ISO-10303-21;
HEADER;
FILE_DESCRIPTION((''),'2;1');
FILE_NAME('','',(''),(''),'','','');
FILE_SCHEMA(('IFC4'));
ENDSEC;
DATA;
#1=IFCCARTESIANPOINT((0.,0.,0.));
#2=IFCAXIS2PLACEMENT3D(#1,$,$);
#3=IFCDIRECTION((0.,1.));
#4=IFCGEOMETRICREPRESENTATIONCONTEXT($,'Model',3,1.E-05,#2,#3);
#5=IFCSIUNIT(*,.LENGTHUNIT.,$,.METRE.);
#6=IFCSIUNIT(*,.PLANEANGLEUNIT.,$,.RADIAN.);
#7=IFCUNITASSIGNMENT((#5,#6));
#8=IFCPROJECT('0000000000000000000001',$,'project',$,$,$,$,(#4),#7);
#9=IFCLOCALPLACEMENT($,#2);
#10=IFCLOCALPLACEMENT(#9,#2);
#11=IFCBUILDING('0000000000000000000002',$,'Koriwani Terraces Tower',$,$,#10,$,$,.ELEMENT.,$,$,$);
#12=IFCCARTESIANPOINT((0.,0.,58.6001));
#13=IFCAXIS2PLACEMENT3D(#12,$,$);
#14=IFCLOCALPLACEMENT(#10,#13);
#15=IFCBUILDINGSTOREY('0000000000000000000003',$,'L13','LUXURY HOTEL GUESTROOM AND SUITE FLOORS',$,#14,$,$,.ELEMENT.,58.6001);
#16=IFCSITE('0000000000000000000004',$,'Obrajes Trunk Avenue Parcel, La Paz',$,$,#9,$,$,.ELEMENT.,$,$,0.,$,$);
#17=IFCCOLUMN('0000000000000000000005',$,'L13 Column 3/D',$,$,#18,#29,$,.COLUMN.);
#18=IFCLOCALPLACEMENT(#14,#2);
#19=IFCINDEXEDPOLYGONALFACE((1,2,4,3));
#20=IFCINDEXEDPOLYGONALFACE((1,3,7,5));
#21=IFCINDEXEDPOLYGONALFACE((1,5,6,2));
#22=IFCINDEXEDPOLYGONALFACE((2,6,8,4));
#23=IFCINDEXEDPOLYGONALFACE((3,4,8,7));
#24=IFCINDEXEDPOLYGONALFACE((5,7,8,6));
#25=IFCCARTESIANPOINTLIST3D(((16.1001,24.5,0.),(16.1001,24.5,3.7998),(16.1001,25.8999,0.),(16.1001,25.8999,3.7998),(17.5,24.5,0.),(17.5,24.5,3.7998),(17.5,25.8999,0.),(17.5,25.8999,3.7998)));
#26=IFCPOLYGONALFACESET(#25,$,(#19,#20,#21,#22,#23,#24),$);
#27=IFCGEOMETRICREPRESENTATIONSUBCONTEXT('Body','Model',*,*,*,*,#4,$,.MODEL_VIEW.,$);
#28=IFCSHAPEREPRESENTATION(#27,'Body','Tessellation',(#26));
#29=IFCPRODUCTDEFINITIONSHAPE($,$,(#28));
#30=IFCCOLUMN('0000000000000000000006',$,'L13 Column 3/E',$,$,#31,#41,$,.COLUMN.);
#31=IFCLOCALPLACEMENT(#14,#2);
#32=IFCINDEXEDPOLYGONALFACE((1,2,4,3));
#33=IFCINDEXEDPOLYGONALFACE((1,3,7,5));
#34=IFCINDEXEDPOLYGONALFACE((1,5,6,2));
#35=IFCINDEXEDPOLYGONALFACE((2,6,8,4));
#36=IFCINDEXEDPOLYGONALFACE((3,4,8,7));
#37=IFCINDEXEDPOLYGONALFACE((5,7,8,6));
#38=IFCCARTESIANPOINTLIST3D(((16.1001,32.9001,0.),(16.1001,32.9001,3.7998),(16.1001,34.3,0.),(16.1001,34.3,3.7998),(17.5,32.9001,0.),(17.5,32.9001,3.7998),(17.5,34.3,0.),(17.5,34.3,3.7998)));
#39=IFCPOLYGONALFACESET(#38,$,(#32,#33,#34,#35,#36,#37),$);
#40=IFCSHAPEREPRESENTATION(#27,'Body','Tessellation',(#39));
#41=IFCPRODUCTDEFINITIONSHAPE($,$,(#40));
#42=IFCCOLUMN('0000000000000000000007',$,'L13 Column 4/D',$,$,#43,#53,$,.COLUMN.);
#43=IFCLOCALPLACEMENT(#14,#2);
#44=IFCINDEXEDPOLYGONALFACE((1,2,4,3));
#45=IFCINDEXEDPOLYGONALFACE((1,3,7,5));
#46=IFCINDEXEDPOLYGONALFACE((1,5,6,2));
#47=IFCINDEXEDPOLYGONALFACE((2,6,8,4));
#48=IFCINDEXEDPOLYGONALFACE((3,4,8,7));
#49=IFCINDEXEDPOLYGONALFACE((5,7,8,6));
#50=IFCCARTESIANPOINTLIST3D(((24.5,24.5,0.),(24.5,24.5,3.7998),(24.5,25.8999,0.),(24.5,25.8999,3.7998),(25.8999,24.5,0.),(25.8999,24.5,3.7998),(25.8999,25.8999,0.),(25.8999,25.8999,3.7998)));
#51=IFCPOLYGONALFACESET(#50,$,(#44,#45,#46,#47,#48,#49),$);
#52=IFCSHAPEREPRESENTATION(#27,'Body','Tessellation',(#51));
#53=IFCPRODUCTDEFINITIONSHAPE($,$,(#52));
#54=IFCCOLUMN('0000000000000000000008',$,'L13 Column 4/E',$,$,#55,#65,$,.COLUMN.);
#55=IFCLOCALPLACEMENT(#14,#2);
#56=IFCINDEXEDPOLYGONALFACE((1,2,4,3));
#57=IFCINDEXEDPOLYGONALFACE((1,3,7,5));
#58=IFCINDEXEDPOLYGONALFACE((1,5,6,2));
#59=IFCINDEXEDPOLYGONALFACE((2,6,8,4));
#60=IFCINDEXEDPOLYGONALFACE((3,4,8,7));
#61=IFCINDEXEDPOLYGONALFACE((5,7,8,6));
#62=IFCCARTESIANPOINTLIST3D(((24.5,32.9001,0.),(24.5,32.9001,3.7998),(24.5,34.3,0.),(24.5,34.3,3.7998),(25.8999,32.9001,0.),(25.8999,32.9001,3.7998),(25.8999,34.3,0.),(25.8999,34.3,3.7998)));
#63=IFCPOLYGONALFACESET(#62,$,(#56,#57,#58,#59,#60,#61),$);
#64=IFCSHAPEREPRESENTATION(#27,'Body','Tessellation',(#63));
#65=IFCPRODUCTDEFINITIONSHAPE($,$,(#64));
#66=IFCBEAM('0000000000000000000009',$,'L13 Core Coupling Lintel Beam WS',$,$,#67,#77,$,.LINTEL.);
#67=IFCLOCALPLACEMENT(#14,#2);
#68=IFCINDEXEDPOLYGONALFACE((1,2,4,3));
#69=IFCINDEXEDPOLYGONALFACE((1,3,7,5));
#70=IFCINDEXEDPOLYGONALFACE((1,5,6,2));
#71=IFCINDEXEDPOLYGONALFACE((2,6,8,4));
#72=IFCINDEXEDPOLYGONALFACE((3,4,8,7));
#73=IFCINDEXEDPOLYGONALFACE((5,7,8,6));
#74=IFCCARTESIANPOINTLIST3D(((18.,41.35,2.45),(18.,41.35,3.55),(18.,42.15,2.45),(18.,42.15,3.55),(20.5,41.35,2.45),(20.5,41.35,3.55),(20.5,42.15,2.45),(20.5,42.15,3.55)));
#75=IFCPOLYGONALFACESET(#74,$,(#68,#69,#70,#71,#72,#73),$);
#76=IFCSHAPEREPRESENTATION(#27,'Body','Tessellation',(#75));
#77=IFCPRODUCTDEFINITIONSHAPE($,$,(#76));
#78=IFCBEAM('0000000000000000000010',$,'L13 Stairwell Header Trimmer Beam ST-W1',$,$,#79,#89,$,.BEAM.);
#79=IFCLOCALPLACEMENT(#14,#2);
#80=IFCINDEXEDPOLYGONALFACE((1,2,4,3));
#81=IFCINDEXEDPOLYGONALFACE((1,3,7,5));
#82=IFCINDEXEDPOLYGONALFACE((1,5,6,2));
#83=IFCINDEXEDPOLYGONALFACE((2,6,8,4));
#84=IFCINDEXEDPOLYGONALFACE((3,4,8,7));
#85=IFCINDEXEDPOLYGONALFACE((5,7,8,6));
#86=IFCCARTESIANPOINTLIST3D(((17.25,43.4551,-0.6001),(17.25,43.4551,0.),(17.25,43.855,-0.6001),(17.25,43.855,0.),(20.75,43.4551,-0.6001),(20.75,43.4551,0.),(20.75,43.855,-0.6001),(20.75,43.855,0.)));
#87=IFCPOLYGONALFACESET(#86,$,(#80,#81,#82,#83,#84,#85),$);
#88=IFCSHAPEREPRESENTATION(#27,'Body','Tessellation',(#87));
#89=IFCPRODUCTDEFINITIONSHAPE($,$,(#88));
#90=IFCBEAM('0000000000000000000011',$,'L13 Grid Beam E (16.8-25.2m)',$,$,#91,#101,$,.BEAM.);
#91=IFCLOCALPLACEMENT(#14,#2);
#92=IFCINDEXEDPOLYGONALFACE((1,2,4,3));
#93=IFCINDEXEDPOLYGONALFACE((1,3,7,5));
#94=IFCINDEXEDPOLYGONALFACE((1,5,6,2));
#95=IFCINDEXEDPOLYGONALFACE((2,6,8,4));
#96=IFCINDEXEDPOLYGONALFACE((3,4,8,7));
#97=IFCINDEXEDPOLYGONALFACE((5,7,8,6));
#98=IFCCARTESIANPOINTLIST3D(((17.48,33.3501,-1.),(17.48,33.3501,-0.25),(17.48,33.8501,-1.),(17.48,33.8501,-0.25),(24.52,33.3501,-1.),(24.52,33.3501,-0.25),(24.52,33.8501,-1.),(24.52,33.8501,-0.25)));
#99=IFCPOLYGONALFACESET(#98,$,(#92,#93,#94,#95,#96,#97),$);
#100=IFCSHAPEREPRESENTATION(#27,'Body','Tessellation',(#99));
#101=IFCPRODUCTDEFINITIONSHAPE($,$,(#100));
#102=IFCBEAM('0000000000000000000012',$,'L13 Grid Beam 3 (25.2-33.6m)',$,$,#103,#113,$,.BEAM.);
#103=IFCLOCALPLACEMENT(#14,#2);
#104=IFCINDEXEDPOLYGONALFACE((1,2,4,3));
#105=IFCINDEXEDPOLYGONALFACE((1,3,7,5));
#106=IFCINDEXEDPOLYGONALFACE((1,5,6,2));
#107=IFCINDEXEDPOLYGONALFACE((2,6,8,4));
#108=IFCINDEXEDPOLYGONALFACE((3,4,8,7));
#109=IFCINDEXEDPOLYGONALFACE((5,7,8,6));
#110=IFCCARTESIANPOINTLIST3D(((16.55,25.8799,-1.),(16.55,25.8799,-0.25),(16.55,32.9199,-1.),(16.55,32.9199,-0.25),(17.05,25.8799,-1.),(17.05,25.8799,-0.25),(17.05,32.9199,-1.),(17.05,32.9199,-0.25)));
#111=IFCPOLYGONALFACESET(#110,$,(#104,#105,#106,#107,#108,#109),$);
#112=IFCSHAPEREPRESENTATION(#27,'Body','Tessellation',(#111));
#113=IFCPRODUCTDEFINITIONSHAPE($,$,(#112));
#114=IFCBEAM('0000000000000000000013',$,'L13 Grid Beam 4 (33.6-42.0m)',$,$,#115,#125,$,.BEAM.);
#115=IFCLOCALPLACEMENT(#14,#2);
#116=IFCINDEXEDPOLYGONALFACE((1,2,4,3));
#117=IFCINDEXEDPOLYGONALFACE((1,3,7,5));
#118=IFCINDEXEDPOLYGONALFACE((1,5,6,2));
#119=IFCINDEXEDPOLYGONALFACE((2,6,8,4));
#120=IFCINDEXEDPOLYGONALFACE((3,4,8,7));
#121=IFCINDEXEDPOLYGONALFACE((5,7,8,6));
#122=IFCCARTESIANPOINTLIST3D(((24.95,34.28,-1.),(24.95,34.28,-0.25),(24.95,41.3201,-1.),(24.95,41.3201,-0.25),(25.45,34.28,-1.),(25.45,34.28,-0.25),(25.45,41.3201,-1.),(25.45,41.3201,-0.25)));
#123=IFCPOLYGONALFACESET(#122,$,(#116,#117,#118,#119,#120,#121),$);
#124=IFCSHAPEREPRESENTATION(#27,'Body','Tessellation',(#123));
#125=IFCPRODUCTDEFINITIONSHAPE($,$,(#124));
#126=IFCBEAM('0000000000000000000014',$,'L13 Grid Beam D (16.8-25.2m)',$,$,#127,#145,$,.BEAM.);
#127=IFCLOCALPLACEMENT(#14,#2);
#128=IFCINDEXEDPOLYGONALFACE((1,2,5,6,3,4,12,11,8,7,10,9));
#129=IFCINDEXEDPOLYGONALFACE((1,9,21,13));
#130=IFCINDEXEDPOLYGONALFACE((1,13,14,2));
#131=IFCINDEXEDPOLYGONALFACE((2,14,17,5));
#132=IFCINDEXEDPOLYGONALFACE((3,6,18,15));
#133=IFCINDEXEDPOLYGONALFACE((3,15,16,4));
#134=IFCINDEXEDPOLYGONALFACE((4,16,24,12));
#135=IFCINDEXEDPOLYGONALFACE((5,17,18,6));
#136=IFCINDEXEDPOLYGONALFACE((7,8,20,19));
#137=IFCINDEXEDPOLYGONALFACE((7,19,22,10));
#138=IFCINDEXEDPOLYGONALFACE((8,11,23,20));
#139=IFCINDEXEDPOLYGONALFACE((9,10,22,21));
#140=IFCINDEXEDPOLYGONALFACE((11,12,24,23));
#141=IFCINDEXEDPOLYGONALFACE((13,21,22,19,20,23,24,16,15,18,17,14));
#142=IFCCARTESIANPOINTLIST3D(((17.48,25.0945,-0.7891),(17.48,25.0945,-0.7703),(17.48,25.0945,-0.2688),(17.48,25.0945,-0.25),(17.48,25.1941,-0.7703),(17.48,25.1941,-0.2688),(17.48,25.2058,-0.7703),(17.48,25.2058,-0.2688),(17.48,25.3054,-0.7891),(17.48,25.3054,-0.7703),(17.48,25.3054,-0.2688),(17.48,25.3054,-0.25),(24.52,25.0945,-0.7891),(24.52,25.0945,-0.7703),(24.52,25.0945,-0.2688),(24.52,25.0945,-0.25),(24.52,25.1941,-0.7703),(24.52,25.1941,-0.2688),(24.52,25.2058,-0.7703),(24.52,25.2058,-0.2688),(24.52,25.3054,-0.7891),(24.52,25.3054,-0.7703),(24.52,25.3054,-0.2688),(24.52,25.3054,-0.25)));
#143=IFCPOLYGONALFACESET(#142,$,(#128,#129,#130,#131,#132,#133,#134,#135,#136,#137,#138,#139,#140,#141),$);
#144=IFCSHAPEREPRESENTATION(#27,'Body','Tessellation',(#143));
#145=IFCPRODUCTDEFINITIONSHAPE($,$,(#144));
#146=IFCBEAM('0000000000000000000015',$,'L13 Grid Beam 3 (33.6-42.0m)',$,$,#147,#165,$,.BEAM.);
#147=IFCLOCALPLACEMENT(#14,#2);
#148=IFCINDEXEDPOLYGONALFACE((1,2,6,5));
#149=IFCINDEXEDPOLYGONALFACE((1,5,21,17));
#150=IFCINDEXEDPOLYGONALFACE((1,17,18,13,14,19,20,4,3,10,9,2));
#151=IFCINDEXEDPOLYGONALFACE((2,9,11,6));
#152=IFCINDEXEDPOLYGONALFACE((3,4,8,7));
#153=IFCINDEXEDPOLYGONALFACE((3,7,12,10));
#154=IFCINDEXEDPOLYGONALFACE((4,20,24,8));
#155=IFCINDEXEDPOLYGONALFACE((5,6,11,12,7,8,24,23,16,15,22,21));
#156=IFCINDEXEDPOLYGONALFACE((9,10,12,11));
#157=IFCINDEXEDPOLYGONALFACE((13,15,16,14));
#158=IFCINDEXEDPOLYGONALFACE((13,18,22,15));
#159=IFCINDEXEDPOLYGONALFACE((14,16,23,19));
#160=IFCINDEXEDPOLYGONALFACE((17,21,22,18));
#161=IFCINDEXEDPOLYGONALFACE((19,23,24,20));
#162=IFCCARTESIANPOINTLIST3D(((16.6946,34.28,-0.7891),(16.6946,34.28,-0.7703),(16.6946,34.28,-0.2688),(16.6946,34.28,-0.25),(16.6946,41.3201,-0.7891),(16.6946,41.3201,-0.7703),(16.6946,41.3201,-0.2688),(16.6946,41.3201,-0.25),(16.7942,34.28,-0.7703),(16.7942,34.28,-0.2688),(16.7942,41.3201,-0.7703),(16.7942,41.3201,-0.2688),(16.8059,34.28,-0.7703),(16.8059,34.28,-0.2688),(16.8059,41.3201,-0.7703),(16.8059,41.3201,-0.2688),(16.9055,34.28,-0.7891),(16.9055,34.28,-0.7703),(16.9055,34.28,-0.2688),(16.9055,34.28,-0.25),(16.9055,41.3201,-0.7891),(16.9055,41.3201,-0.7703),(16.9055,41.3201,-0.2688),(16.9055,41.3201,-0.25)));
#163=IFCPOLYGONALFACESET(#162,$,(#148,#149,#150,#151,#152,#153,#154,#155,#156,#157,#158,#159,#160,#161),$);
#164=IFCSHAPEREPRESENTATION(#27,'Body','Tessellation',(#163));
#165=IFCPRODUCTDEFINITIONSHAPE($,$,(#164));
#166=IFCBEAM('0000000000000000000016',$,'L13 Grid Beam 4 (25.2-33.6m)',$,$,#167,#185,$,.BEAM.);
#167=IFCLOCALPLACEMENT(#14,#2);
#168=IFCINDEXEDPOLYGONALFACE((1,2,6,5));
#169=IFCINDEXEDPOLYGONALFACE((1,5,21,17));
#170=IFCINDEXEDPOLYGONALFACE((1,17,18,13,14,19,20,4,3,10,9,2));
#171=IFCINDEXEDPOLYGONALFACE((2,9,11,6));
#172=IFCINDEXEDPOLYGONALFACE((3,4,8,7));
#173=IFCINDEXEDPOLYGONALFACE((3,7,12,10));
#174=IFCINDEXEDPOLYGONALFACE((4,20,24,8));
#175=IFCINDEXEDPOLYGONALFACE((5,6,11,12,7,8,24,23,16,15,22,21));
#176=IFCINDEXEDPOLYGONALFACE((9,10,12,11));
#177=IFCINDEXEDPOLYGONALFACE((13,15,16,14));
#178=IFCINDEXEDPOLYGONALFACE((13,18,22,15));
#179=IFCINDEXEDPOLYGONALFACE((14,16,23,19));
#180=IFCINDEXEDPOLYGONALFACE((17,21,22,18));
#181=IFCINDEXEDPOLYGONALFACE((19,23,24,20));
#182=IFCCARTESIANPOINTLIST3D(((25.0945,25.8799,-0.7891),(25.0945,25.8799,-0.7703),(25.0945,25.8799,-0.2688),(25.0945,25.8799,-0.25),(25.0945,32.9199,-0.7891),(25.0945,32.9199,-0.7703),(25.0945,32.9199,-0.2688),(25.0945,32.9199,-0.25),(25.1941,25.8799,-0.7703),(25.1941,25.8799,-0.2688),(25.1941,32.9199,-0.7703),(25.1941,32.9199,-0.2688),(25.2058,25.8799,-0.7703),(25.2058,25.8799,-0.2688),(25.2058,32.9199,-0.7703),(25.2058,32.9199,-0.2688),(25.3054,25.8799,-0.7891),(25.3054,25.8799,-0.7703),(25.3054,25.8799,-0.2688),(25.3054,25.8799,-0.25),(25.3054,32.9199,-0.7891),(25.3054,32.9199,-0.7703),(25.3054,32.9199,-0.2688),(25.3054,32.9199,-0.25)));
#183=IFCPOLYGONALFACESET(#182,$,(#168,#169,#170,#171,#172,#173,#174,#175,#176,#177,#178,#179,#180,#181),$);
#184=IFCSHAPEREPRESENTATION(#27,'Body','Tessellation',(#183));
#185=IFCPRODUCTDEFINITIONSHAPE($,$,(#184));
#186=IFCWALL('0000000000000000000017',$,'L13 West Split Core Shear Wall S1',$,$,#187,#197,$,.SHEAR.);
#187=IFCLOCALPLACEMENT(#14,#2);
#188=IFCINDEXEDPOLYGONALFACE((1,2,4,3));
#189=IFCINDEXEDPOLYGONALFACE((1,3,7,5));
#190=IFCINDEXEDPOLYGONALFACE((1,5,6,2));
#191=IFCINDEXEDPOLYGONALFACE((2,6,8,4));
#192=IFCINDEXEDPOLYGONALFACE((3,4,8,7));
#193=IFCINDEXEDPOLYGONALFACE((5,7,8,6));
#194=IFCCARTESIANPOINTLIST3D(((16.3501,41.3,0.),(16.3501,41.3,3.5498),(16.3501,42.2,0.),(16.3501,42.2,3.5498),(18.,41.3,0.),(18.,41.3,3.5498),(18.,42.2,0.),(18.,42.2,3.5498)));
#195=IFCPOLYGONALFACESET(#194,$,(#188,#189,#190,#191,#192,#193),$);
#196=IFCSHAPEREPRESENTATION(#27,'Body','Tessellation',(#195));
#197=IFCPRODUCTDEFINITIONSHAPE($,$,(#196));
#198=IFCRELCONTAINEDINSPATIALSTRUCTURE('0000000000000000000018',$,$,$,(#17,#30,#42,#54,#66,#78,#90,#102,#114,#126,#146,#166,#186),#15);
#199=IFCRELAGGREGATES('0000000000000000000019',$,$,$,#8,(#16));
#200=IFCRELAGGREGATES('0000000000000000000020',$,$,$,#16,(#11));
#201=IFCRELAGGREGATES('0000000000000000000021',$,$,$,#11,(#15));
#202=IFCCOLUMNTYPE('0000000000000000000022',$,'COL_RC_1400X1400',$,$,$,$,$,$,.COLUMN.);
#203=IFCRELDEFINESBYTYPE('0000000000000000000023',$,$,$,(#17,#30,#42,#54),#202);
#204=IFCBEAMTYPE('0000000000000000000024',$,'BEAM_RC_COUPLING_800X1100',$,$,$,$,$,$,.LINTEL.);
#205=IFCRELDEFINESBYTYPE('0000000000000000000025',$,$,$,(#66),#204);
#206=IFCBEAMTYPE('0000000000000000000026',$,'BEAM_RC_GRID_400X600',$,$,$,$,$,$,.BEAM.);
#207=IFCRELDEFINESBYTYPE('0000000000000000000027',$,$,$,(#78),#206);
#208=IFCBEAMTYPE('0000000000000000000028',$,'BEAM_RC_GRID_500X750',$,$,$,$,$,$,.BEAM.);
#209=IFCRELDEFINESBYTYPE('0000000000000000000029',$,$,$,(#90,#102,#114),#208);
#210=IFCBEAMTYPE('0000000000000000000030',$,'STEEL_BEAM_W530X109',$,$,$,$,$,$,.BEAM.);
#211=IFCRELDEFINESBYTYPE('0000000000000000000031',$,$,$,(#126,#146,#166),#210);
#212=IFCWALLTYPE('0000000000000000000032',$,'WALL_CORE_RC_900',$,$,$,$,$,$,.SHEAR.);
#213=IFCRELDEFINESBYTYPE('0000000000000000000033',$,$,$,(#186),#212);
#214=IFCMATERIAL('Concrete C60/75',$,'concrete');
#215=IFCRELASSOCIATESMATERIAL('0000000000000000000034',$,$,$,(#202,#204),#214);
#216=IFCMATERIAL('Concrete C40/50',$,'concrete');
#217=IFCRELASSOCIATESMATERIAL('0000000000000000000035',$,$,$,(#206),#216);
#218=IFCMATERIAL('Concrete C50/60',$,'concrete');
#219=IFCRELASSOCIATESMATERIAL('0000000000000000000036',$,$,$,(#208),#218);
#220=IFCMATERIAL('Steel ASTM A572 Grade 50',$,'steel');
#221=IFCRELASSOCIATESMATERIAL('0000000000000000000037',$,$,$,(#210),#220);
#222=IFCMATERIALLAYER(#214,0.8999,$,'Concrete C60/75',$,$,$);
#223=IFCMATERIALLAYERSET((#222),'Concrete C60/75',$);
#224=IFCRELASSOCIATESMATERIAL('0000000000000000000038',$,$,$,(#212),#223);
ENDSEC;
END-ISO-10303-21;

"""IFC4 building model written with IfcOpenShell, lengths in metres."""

from ifc_helpers import new_model, si_unit, direction, frame, frame_2d, origin, origin_2d, place, context, subcontext, project, spatial, rectangle, i_section, extrude, material, layer, layer_set, material_profile, profile_set, type_object, element, save


model = new_model("IFC4")

# Units and contexts
model_context = context("Model", 3, precision=1e-05, world=origin(), true_north=direction((0.0, 1.0)))
body_context = subcontext(model_context, "Body", "Model", "MODEL_VIEW")
ifc_project = project(units=[si_unit("LENGTHUNIT", "METRE"), si_unit("PLANEANGLEUNIT", "RADIAN")], contexts=[model_context])

# Site, building, storey
site_placement = place(None, origin())
site = spatial("IfcSite", under=ifc_project, at=site_placement, Name="Obrajes Trunk Avenue Parcel, La Paz", CompositionType="ELEMENT", RefElevation=0.0)
building_placement = place(site_placement, origin())
building = spatial("IfcBuilding", under=site, at=building_placement, Name="Koriwani Terraces Tower", CompositionType="ELEMENT")
storey_placement = place(building_placement, frame((0.0, 0.0, 58.6001)))
storey = spatial("IfcBuildingStorey", under=building, at=storey_placement, Name="L13", Description="LUXURY HOTEL GUESTROOM AND SUITE FLOORS", CompositionType="ELEMENT", Elevation=58.6001)

# Columns
ifc_material_1 = material(Name="Concrete C60/75", Category="concrete")
ifc_material_profile_1 = material_profile(ifc_material_1, rectangle(XDim=1.3999, YDim=1.3999, at=origin_2d()), Name="Concrete C60/75", Category="LoadBearing")
ifc_profile_set_1 = profile_set([ifc_material_profile_1], Name="Concrete C60/75")
column_type = type_object("IfcColumnType", Name="COL_RC_1400X1400", PredefinedType="COLUMN", material=ifc_profile_set_1)
for number, where, z_axis, x_axis, name in (
    (1, (16.8, 25.2, 0.0), (0.0, 0.0, 1.0), (1.0, 0.0, 0.0), "L13 Column 3/D"),
    (2, (16.8, 33.6001, 0.0), (0.0, 0.0, 1.0), (1.0, 0.0, 0.0), "L13 Column 3/E"),
    (3, (25.2, 25.2, 0.0), (0.0, 0.0, 1.0), (1.0, 0.0, 0.0), "L13 Column 4/D"),
    (4, (25.2, 33.6001, 0.0), (0.0, 0.0, 1.0), (1.0, 0.0, 0.0), "L13 Column 4/E"),
):
    element("IfcColumn", number, at=place(storey_placement, frame(where, z_axis=z_axis, x_axis=x_axis)), inside=storey, type_object=column_type, Name=name, PredefinedType="COLUMN", context=body_context, shape_type="SweptSolid", body=[
        extrude(rectangle(XDim=1.3999, YDim=1.3999, at=origin_2d()), origin(), (0.0, 0.0, 1.0), 3.7998),
    ])

# Beams
ifc_material_profile_2 = material_profile(ifc_material_1, rectangle(XDim=0.8, YDim=1.1001, at=origin_2d()), Name="Concrete C60/75", Category="LoadBearing")
ifc_profile_set_2 = profile_set([ifc_material_profile_2], Name="Concrete C60/75")
beam_type_1 = type_object("IfcBeamType", Name="BEAM_RC_COUPLING_800X1100", PredefinedType="LINTEL", material=ifc_profile_set_2)
beam_1_placement = place(storey_placement, frame((18.0, 41.75, 3.0), z_axis=(1.0, 0.0, 0.0), x_axis=(0.0, 1.0, 0.0)))
element("IfcBeam", 5, at=beam_1_placement, inside=storey, type_object=beam_type_1, Name="L13 Core Coupling Lintel Beam WS", PredefinedType="LINTEL", context=body_context, shape_type="SweptSolid", body=[
    extrude(rectangle(XDim=0.8, YDim=1.1001, at=origin_2d()), origin(), (0.0, 0.0, 1.0), 2.5),
])
ifc_material_2 = material(Name="Concrete C40/50", Category="concrete")
ifc_material_profile_3 = material_profile(ifc_material_2, rectangle(XDim=0.3999, YDim=0.6001, at=origin_2d()), Name="Concrete C40/50", Category="LoadBearing")
ifc_profile_set_3 = profile_set([ifc_material_profile_3], Name="Concrete C40/50")
beam_type_2 = type_object("IfcBeamType", Name="BEAM_RC_GRID_400X600", PredefinedType="BEAM", material=ifc_profile_set_3)
beam_2_placement = place(storey_placement, frame((17.25, 43.655, -0.3), z_axis=(1.0, 0.0, 0.0), x_axis=(0.0, 1.0, 0.0)))
element("IfcBeam", 6, at=beam_2_placement, inside=storey, type_object=beam_type_2, Name="L13 Stairwell Header Trimmer Beam ST-W1", PredefinedType="BEAM", context=body_context, shape_type="SweptSolid", body=[
    extrude(rectangle(XDim=0.3999, YDim=0.6001, at=origin_2d()), origin(), (0.0, 0.0, 1.0), 3.5),
])
ifc_material_3 = material(Name="Concrete C50/60", Category="concrete")
ifc_material_profile_4 = material_profile(ifc_material_3, rectangle(XDim=0.5, YDim=0.75, at=origin_2d()), Name="Concrete C50/60", Category="LoadBearing")
ifc_profile_set_4 = profile_set([ifc_material_profile_4], Name="Concrete C50/60")
beam_type_3 = type_object("IfcBeamType", Name="BEAM_RC_GRID_500X750", PredefinedType="BEAM", material=ifc_profile_set_4)
for number, where, z_axis, x_axis, name in (
    (7, (17.48, 33.6001, -0.625), (1.0, 0.0, 0.0), (0.0, 1.0, 0.0), "L13 Grid Beam E (16.8-25.2m)"),
    (8, (16.8, 25.8799, -0.625), (0.0, 1.0, 0.0), (-1.0, 0.0, 0.0), "L13 Grid Beam 3 (25.2-33.6m)"),
    (9, (25.2, 34.28, -0.625), (0.0, 1.0, 0.0), (-1.0, 0.0, 0.0), "L13 Grid Beam 4 (33.6-42.0m)"),
):
    element("IfcBeam", number, at=place(storey_placement, frame(where, z_axis=z_axis, x_axis=x_axis)), inside=storey, type_object=beam_type_3, Name=name, PredefinedType="BEAM", context=body_context, shape_type="SweptSolid", body=[
        extrude(rectangle(XDim=0.5, YDim=0.75, at=origin_2d()), origin(), (0.0, 0.0, 1.0), 7.04),
    ])
ifc_material_4 = material(Name="Steel ASTM A572 Grade 50", Category="steel")
ifc_material_profile_5 = material_profile(ifc_material_4, i_section(OverallWidth=0.2109, OverallDepth=0.5391, WebThickness=0.0117, FlangeThickness=0.0188, at=origin_2d()), Name="Steel ASTM A572 Grade 50", Category="LoadBearing")
ifc_profile_set_5 = profile_set([ifc_material_profile_5], Name="Steel ASTM A572 Grade 50")
beam_type_4 = type_object("IfcBeamType", Name="STEEL_BEAM_W530X109", PredefinedType="BEAM", material=ifc_profile_set_5)
for number, where, z_axis, x_axis, name in (
    (10, (17.48, 25.2, -0.5195), (1.0, 0.0, 0.0), (0.0, 1.0, 0.0), "L13 Grid Beam D (16.8-25.2m)"),
    (11, (16.8, 34.28, -0.5195), (0.0, 1.0, 0.0), (-1.0, 0.0, 0.0), "L13 Grid Beam 3 (33.6-42.0m)"),
    (12, (25.2, 25.8799, -0.5195), (0.0, 1.0, 0.0), (-1.0, 0.0, 0.0), "L13 Grid Beam 4 (25.2-33.6m)"),
):
    element("IfcBeam", number, at=place(storey_placement, frame(where, z_axis=z_axis, x_axis=x_axis)), inside=storey, type_object=beam_type_4, Name=name, PredefinedType="BEAM", context=body_context, shape_type="SweptSolid", body=[
        extrude(i_section(OverallWidth=0.2109, OverallDepth=0.5391, WebThickness=0.0117, FlangeThickness=0.0188, at=origin_2d()), origin(), (0.0, 0.0, 1.0), 7.04),
    ])

# Wall
ifc_layer_1 = layer(ifc_material_1, 0.8999, Name="Concrete C60/75")
ifc_layer_set_1 = layer_set([ifc_layer_1], Name="Concrete C60/75")
wall_type_1 = type_object("IfcWallType", Name="WALL_CORE_RC_900", PredefinedType="SHEAR", material=ifc_layer_set_1)
wall_1_placement = place(storey_placement, frame((16.3501, 41.75, 0.0), z_axis=(0.0, 0.0, 1.0), x_axis=(1.0, 0.0, 0.0)))
element("IfcWall", 13, at=wall_1_placement, inside=storey, type_object=wall_type_1, Name="L13 West Split Core Shear Wall S1", PredefinedType="SHEAR", context=body_context, shape_type="SweptSolid", body=[
    extrude(rectangle(XDim=1.6499, YDim=0.8999, at=frame_2d((0.825, 0.0))), origin(), (0.0, 0.0, 1.0), 3.5498),
])

save(model, "model.ifc")
